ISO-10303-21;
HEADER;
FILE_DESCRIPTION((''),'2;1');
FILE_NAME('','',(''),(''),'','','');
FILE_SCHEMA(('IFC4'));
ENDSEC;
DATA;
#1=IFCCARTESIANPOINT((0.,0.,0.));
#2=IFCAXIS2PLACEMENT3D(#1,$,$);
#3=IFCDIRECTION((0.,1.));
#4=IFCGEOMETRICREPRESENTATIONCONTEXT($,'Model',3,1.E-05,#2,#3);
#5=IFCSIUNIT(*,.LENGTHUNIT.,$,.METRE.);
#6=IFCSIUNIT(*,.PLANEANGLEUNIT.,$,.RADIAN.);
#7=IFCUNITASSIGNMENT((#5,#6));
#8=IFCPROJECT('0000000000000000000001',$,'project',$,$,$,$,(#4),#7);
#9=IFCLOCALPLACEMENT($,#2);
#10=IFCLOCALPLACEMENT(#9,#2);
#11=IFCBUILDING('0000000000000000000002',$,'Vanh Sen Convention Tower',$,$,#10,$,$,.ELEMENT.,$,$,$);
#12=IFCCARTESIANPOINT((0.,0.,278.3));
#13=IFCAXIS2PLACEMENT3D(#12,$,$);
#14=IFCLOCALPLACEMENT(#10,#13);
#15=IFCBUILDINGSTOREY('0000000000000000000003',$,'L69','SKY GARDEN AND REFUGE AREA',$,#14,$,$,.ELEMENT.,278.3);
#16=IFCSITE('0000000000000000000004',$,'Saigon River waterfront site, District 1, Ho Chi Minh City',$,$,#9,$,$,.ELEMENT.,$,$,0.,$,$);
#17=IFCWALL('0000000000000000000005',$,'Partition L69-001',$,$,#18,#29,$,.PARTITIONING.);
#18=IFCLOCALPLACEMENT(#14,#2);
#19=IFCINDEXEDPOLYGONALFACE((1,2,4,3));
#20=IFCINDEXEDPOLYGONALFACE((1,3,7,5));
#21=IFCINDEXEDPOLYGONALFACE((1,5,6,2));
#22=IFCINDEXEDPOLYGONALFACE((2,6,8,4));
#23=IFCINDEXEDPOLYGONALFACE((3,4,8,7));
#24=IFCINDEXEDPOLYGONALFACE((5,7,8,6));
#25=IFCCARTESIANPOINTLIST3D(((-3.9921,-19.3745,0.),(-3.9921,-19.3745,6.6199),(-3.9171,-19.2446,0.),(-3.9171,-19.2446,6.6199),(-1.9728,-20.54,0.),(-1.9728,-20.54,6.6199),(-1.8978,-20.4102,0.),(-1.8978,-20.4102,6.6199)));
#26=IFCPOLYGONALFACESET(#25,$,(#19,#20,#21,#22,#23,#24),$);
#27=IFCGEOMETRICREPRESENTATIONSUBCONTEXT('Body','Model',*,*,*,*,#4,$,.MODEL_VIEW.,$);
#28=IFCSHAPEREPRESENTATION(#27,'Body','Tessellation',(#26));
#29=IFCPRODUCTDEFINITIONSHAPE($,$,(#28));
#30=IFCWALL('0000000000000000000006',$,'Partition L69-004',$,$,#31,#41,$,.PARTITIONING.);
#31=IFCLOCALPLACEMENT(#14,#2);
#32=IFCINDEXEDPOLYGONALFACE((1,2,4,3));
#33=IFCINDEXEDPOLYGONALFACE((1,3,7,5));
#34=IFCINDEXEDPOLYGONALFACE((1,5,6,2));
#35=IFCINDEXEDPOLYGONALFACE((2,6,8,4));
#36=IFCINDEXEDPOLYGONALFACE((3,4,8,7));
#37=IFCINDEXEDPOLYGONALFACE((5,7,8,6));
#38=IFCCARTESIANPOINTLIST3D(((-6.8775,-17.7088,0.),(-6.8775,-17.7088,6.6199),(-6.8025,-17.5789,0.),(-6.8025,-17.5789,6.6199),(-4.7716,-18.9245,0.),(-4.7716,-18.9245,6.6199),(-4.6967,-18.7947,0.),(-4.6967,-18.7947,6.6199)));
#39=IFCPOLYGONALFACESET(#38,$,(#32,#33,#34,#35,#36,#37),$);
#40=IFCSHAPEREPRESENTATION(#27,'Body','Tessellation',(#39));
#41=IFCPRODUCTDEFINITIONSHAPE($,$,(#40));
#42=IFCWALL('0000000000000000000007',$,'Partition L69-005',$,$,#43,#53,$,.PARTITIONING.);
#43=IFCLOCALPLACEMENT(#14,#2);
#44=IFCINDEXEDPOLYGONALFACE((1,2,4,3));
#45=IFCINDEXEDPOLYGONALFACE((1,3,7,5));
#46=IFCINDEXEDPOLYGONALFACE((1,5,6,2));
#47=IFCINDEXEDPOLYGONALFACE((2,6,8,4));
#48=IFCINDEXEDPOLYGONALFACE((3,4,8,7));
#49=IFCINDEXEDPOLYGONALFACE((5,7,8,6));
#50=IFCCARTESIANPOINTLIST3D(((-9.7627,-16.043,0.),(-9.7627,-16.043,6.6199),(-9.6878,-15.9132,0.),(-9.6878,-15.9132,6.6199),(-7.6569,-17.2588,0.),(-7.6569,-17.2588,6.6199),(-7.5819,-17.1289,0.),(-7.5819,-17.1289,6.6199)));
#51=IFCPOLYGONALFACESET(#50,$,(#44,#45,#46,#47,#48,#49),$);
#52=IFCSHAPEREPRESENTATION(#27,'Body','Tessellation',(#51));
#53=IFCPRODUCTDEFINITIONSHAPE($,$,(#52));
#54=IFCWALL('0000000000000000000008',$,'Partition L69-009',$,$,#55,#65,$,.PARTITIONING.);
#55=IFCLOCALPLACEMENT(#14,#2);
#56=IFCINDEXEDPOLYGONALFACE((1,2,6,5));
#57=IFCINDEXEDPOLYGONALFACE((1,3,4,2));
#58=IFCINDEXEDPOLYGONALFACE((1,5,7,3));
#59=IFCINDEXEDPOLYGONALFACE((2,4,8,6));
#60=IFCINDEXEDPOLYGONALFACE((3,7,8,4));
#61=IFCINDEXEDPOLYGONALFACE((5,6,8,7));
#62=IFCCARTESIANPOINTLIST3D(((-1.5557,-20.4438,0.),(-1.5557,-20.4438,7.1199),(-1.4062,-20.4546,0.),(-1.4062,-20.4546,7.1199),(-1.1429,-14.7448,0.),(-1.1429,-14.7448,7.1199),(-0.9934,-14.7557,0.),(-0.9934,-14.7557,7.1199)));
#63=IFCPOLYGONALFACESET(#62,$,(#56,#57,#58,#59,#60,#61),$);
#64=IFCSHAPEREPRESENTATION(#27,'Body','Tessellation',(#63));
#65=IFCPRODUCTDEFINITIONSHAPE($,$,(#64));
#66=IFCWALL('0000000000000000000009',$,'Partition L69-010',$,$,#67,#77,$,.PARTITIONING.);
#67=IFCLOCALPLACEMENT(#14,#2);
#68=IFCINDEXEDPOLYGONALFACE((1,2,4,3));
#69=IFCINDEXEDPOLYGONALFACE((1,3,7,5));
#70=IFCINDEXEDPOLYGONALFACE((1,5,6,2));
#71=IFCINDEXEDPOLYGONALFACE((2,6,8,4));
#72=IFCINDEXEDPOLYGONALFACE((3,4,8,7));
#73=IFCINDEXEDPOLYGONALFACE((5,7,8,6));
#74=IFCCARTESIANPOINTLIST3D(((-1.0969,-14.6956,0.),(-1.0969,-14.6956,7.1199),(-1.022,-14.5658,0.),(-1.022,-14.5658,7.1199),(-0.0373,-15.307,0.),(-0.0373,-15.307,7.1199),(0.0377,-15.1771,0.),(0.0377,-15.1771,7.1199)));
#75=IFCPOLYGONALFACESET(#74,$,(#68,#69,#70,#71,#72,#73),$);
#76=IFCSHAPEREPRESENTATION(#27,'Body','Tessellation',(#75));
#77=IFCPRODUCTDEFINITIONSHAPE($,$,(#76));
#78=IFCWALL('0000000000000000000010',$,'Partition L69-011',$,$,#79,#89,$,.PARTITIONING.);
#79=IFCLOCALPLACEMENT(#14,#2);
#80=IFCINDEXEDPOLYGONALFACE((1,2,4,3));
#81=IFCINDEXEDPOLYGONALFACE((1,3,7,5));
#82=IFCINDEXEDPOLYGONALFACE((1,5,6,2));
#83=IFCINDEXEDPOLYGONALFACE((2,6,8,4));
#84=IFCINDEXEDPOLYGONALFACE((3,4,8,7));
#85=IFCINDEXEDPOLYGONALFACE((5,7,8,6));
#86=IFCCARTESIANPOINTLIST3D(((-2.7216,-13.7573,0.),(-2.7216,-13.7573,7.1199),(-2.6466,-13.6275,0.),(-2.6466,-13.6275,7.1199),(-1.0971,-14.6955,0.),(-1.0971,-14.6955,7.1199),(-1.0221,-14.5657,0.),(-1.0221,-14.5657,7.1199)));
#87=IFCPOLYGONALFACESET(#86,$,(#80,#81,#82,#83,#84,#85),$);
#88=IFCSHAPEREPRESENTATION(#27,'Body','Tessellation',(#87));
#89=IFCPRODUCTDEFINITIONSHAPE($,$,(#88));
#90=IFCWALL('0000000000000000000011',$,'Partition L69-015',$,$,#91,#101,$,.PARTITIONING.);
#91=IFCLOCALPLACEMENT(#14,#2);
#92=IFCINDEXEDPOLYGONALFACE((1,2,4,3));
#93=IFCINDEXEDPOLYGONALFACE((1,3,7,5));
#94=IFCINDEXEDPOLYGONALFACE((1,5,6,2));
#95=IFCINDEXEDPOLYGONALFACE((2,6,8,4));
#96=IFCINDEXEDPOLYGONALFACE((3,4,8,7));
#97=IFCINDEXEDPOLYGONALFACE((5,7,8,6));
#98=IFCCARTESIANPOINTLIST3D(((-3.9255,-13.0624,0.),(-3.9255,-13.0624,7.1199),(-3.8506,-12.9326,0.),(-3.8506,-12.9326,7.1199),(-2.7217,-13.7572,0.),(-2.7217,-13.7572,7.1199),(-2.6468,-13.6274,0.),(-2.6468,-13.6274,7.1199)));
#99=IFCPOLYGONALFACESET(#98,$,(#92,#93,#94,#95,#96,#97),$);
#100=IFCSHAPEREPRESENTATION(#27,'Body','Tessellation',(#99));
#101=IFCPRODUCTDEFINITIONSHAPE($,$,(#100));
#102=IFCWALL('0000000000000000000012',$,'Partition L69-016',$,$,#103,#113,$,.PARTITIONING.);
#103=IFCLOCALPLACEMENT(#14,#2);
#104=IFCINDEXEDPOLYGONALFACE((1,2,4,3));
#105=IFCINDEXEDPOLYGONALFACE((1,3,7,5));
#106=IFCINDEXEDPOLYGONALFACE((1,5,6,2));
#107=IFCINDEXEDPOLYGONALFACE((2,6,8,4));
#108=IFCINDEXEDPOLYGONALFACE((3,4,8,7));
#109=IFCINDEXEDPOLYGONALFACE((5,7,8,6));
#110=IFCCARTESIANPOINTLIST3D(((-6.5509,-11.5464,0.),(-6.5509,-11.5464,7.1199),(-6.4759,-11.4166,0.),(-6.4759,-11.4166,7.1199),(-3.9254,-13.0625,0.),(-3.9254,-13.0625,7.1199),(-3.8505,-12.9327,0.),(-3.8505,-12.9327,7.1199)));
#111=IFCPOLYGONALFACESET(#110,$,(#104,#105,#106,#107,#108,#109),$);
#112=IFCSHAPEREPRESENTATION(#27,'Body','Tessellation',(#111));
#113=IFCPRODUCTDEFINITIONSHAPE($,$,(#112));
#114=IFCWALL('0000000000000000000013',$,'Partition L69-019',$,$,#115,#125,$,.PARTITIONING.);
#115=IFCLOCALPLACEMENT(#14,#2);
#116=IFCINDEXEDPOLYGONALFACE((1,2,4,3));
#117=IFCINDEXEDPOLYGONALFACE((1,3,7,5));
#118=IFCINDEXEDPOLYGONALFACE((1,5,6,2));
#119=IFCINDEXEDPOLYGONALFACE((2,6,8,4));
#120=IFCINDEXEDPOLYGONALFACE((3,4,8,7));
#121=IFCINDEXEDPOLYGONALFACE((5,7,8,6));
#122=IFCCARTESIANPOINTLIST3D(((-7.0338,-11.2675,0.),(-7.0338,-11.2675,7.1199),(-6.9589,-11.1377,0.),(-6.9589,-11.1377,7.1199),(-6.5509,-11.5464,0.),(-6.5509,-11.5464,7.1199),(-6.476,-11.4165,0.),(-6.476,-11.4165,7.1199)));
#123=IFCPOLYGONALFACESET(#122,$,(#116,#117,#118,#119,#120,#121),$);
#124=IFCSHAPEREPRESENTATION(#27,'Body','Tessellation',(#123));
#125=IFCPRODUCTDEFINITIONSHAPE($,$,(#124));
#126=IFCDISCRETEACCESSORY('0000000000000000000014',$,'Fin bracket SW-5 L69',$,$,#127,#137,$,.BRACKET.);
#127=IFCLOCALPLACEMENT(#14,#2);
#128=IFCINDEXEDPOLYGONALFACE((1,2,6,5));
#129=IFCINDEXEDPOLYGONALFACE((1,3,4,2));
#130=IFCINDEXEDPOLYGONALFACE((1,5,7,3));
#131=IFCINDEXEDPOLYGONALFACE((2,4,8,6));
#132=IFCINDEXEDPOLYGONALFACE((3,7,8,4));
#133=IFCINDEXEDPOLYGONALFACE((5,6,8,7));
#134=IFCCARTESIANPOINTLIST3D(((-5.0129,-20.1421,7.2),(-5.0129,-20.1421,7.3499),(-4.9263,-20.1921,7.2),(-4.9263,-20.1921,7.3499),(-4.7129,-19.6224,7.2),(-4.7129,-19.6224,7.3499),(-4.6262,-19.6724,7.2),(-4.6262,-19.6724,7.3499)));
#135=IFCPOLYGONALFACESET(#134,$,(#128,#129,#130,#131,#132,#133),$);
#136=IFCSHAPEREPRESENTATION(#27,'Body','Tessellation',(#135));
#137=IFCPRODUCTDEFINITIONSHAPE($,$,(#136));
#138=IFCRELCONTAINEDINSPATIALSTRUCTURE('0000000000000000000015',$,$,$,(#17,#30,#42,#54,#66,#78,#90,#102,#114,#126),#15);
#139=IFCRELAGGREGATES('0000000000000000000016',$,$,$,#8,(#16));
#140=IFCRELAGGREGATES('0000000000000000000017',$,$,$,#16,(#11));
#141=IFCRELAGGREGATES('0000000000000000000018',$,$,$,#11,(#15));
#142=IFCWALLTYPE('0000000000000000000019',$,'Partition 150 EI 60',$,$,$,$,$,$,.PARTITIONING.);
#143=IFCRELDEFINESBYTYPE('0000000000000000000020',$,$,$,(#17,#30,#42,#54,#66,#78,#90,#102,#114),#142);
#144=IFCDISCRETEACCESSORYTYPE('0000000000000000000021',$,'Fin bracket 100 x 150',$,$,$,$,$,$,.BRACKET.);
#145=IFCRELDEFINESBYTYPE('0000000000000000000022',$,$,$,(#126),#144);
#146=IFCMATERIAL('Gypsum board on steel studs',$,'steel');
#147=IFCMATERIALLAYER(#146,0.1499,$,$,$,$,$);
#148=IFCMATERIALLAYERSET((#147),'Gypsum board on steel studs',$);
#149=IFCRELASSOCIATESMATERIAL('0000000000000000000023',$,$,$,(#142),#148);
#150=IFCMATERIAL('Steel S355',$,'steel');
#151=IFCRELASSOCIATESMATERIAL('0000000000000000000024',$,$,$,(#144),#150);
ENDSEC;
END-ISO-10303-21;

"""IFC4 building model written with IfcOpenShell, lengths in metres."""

from ifc_helpers import new_model, si_unit, direction, frame, frame_2d, origin, origin_2d, place, context, subcontext, project, spatial, rectangle, extrude, material, layer, layer_set, type_object, element, save


model = new_model("IFC4")

# Units and contexts
model_context = context("Model", 3, precision=1e-05, world=origin(), true_north=direction((0.0, 1.0)))
body_context = subcontext(model_context, "Body", "Model", "MODEL_VIEW")
ifc_project = project(units=[si_unit("LENGTHUNIT", "METRE"), si_unit("PLANEANGLEUNIT", "RADIAN")], contexts=[model_context])

# Site, building, storey
site_placement = place(None, origin())
site = spatial("IfcSite", under=ifc_project, at=site_placement, Name="Saigon River waterfront site, District 1, Ho Chi Minh City", CompositionType="ELEMENT", RefElevation=0.0)
building_placement = place(site_placement, origin())
building = spatial("IfcBuilding", under=site, at=building_placement, Name="Vanh Sen Convention Tower", CompositionType="ELEMENT")
storey_placement = place(building_placement, frame((0.0, 0.0, 278.3)))
storey = spatial("IfcBuildingStorey", under=building, at=storey_placement, Name="L69", Description="SKY GARDEN AND REFUGE AREA", CompositionType="ELEMENT", Elevation=278.3)

# Walls
ifc_material_1 = material(Name="Gypsum board on steel studs", Category="steel")
ifc_layer_1 = layer(ifc_material_1, 0.1499)
ifc_layer_set_1 = layer_set([ifc_layer_1], Name="Gypsum board on steel studs")
wall_type_1 = type_object("IfcWallType", Name="Partition 150 EI 60", PredefinedType="PARTITIONING", material=ifc_layer_set_1)
wall_1_placement = place(storey_placement, frame((-1.9353, -20.4751, 0.0), z_axis=(0.0, 0.0, 1.0), x_axis=(-0.866083, 0.499901, 0.0)))
element("IfcWall", 1, at=wall_1_placement, inside=storey, type_object=wall_type_1, Name="Partition L69-001", PredefinedType="PARTITIONING", context=body_context, shape_type="SweptSolid", body=[
    extrude(rectangle(XDim=2.3315, YDim=0.1499, at=frame_2d((1.1658, 0.0))), origin(), (0.0, 0.0, 1.0), 6.6199),
])
for number, where, z_axis, x_axis, name in (
    (2, (-4.7341, -18.8596, 0.0), (0.0, 0.0, 1.0), (-0.866035, 0.499983, 0.0), "Partition L69-004"),
    (3, (-7.6194, -17.1938, 0.0), (0.0, 0.0, 1.0), (-0.866035, 0.499983, 0.0), "Partition L69-005"),
):
    element("IfcWall", number, at=place(storey_placement, frame(where, z_axis=z_axis, x_axis=x_axis)), inside=storey, type_object=wall_type_1, Name=name, PredefinedType="PARTITIONING", context=body_context, shape_type="SweptSolid", body=[
        extrude(rectangle(XDim=2.4316, YDim=0.1499, at=frame_2d((1.2158, 0.0))), origin(), (0.0, 0.0, 1.0), 6.6199),
    ])
wall_2_placement = place(storey_placement, frame((-1.0681, -14.7502, 0.0), z_axis=(0.0, 0.0, 1.0), x_axis=(-0.072252, -0.997386, 0.0)))
element("IfcWall", 4, at=wall_2_placement, inside=storey, type_object=wall_type_1, Name="Partition L69-009", PredefinedType="PARTITIONING", context=body_context, shape_type="SweptSolid", body=[
    extrude(rectangle(XDim=5.7139, YDim=0.1499, at=frame_2d((2.8569, 0.0))), origin(), (0.0, 0.0, 1.0), 7.1199),
])
wall_3_placement = place(storey_placement, frame((-1.0596, -14.6306, 0.0), z_axis=(0.0, 0.0, 1.0), x_axis=(0.866172, -0.499745, 0.0)))
element("IfcWall", 5, at=wall_3_placement, inside=storey, type_object=wall_type_1, Name="Partition L69-010", PredefinedType="PARTITIONING", context=body_context, shape_type="SweptSolid", body=[
    extrude(rectangle(XDim=1.2234, YDim=0.1499, at=frame_2d((0.6118, 0.0))), origin(), (0.0, 0.0, 1.0), 7.1199),
])
wall_4_placement = place(storey_placement, frame((-1.0596, -14.6306, 0.0), z_axis=(0.0, 0.0, 1.0), x_axis=(-0.865951, 0.500128, 0.0)))
element("IfcWall", 6, at=wall_4_placement, inside=storey, type_object=wall_type_1, Name="Partition L69-011", PredefinedType="PARTITIONING", context=body_context, shape_type="SweptSolid", body=[
    extrude(rectangle(XDim=1.876, YDim=0.1499, at=frame_2d((0.938, 0.0))), origin(), (0.0, 0.0, 1.0), 7.1199),
])
wall_5_placement = place(storey_placement, frame((-3.8879, -12.9976, 0.0), z_axis=(0.0, 0.0, 1.0), x_axis=(0.866095, -0.49988, 0.0)))
element("IfcWall", 7, at=wall_5_placement, inside=storey, type_object=wall_type_1, Name="Partition L69-015", PredefinedType="PARTITIONING", context=body_context, shape_type="SweptSolid", body=[
    extrude(rectangle(XDim=1.3899, YDim=0.1499, at=frame_2d((0.6948, 0.0))), origin(), (0.0, 0.0, 1.0), 7.1199),
])
wall_6_placement = place(storey_placement, frame((-3.8879, -12.9976, 0.0), z_axis=(0.0, 0.0, 1.0), x_axis=(-0.865984, 0.500071, 0.0)))
element("IfcWall", 8, at=wall_6_placement, inside=storey, type_object=wall_type_1, Name="Partition L69-016", PredefinedType="PARTITIONING", context=body_context, shape_type="SweptSolid", body=[
    extrude(rectangle(XDim=3.0317, YDim=0.1499, at=frame_2d((1.5159, 0.0))), origin(), (0.0, 0.0, 1.0), 7.1199),
])
wall_7_placement = place(storey_placement, frame((-6.9963, -11.2026, 0.0), z_axis=(0.0, 0.0, 1.0), x_axis=(0.866025, -0.5, 0.0)))
element("IfcWall", 9, at=wall_7_placement, inside=storey, type_object=wall_type_1, Name="Partition L69-019", PredefinedType="PARTITIONING", context=body_context, shape_type="SweptSolid", body=[
    extrude(rectangle(XDim=0.5576, YDim=0.1499, at=frame_2d((0.2788, 0.0))), origin(), (0.0, 0.0, 1.0), 7.1199),
])

# Discrete accessory
ifc_material_2 = material(Name="Steel S355", Category="steel")
discrete_accessory_type = type_object("IfcDiscreteAccessoryType", Name="Fin bracket 100 x 150", PredefinedType="BRACKET", material=ifc_material_2)
discrete_accessory_placement = place(storey_placement, frame((-4.8196, -19.9072, 7.2), z_axis=(0.0, 0.0, 1.0), x_axis=(-0.5, -0.866025, 0.0)))
element("IfcDiscreteAccessory", 10, at=discrete_accessory_placement, inside=storey, type_object=discrete_accessory_type, Name="Fin bracket SW-5 L69", PredefinedType="BRACKET", context=body_context, shape_type="SweptSolid", body=[
    extrude(rectangle(XDim=0.6001, YDim=0.1001, at=origin_2d()), origin(), (0.0, 0.0, 1.0), 0.1499),
])

save(model, "model.ifc")
